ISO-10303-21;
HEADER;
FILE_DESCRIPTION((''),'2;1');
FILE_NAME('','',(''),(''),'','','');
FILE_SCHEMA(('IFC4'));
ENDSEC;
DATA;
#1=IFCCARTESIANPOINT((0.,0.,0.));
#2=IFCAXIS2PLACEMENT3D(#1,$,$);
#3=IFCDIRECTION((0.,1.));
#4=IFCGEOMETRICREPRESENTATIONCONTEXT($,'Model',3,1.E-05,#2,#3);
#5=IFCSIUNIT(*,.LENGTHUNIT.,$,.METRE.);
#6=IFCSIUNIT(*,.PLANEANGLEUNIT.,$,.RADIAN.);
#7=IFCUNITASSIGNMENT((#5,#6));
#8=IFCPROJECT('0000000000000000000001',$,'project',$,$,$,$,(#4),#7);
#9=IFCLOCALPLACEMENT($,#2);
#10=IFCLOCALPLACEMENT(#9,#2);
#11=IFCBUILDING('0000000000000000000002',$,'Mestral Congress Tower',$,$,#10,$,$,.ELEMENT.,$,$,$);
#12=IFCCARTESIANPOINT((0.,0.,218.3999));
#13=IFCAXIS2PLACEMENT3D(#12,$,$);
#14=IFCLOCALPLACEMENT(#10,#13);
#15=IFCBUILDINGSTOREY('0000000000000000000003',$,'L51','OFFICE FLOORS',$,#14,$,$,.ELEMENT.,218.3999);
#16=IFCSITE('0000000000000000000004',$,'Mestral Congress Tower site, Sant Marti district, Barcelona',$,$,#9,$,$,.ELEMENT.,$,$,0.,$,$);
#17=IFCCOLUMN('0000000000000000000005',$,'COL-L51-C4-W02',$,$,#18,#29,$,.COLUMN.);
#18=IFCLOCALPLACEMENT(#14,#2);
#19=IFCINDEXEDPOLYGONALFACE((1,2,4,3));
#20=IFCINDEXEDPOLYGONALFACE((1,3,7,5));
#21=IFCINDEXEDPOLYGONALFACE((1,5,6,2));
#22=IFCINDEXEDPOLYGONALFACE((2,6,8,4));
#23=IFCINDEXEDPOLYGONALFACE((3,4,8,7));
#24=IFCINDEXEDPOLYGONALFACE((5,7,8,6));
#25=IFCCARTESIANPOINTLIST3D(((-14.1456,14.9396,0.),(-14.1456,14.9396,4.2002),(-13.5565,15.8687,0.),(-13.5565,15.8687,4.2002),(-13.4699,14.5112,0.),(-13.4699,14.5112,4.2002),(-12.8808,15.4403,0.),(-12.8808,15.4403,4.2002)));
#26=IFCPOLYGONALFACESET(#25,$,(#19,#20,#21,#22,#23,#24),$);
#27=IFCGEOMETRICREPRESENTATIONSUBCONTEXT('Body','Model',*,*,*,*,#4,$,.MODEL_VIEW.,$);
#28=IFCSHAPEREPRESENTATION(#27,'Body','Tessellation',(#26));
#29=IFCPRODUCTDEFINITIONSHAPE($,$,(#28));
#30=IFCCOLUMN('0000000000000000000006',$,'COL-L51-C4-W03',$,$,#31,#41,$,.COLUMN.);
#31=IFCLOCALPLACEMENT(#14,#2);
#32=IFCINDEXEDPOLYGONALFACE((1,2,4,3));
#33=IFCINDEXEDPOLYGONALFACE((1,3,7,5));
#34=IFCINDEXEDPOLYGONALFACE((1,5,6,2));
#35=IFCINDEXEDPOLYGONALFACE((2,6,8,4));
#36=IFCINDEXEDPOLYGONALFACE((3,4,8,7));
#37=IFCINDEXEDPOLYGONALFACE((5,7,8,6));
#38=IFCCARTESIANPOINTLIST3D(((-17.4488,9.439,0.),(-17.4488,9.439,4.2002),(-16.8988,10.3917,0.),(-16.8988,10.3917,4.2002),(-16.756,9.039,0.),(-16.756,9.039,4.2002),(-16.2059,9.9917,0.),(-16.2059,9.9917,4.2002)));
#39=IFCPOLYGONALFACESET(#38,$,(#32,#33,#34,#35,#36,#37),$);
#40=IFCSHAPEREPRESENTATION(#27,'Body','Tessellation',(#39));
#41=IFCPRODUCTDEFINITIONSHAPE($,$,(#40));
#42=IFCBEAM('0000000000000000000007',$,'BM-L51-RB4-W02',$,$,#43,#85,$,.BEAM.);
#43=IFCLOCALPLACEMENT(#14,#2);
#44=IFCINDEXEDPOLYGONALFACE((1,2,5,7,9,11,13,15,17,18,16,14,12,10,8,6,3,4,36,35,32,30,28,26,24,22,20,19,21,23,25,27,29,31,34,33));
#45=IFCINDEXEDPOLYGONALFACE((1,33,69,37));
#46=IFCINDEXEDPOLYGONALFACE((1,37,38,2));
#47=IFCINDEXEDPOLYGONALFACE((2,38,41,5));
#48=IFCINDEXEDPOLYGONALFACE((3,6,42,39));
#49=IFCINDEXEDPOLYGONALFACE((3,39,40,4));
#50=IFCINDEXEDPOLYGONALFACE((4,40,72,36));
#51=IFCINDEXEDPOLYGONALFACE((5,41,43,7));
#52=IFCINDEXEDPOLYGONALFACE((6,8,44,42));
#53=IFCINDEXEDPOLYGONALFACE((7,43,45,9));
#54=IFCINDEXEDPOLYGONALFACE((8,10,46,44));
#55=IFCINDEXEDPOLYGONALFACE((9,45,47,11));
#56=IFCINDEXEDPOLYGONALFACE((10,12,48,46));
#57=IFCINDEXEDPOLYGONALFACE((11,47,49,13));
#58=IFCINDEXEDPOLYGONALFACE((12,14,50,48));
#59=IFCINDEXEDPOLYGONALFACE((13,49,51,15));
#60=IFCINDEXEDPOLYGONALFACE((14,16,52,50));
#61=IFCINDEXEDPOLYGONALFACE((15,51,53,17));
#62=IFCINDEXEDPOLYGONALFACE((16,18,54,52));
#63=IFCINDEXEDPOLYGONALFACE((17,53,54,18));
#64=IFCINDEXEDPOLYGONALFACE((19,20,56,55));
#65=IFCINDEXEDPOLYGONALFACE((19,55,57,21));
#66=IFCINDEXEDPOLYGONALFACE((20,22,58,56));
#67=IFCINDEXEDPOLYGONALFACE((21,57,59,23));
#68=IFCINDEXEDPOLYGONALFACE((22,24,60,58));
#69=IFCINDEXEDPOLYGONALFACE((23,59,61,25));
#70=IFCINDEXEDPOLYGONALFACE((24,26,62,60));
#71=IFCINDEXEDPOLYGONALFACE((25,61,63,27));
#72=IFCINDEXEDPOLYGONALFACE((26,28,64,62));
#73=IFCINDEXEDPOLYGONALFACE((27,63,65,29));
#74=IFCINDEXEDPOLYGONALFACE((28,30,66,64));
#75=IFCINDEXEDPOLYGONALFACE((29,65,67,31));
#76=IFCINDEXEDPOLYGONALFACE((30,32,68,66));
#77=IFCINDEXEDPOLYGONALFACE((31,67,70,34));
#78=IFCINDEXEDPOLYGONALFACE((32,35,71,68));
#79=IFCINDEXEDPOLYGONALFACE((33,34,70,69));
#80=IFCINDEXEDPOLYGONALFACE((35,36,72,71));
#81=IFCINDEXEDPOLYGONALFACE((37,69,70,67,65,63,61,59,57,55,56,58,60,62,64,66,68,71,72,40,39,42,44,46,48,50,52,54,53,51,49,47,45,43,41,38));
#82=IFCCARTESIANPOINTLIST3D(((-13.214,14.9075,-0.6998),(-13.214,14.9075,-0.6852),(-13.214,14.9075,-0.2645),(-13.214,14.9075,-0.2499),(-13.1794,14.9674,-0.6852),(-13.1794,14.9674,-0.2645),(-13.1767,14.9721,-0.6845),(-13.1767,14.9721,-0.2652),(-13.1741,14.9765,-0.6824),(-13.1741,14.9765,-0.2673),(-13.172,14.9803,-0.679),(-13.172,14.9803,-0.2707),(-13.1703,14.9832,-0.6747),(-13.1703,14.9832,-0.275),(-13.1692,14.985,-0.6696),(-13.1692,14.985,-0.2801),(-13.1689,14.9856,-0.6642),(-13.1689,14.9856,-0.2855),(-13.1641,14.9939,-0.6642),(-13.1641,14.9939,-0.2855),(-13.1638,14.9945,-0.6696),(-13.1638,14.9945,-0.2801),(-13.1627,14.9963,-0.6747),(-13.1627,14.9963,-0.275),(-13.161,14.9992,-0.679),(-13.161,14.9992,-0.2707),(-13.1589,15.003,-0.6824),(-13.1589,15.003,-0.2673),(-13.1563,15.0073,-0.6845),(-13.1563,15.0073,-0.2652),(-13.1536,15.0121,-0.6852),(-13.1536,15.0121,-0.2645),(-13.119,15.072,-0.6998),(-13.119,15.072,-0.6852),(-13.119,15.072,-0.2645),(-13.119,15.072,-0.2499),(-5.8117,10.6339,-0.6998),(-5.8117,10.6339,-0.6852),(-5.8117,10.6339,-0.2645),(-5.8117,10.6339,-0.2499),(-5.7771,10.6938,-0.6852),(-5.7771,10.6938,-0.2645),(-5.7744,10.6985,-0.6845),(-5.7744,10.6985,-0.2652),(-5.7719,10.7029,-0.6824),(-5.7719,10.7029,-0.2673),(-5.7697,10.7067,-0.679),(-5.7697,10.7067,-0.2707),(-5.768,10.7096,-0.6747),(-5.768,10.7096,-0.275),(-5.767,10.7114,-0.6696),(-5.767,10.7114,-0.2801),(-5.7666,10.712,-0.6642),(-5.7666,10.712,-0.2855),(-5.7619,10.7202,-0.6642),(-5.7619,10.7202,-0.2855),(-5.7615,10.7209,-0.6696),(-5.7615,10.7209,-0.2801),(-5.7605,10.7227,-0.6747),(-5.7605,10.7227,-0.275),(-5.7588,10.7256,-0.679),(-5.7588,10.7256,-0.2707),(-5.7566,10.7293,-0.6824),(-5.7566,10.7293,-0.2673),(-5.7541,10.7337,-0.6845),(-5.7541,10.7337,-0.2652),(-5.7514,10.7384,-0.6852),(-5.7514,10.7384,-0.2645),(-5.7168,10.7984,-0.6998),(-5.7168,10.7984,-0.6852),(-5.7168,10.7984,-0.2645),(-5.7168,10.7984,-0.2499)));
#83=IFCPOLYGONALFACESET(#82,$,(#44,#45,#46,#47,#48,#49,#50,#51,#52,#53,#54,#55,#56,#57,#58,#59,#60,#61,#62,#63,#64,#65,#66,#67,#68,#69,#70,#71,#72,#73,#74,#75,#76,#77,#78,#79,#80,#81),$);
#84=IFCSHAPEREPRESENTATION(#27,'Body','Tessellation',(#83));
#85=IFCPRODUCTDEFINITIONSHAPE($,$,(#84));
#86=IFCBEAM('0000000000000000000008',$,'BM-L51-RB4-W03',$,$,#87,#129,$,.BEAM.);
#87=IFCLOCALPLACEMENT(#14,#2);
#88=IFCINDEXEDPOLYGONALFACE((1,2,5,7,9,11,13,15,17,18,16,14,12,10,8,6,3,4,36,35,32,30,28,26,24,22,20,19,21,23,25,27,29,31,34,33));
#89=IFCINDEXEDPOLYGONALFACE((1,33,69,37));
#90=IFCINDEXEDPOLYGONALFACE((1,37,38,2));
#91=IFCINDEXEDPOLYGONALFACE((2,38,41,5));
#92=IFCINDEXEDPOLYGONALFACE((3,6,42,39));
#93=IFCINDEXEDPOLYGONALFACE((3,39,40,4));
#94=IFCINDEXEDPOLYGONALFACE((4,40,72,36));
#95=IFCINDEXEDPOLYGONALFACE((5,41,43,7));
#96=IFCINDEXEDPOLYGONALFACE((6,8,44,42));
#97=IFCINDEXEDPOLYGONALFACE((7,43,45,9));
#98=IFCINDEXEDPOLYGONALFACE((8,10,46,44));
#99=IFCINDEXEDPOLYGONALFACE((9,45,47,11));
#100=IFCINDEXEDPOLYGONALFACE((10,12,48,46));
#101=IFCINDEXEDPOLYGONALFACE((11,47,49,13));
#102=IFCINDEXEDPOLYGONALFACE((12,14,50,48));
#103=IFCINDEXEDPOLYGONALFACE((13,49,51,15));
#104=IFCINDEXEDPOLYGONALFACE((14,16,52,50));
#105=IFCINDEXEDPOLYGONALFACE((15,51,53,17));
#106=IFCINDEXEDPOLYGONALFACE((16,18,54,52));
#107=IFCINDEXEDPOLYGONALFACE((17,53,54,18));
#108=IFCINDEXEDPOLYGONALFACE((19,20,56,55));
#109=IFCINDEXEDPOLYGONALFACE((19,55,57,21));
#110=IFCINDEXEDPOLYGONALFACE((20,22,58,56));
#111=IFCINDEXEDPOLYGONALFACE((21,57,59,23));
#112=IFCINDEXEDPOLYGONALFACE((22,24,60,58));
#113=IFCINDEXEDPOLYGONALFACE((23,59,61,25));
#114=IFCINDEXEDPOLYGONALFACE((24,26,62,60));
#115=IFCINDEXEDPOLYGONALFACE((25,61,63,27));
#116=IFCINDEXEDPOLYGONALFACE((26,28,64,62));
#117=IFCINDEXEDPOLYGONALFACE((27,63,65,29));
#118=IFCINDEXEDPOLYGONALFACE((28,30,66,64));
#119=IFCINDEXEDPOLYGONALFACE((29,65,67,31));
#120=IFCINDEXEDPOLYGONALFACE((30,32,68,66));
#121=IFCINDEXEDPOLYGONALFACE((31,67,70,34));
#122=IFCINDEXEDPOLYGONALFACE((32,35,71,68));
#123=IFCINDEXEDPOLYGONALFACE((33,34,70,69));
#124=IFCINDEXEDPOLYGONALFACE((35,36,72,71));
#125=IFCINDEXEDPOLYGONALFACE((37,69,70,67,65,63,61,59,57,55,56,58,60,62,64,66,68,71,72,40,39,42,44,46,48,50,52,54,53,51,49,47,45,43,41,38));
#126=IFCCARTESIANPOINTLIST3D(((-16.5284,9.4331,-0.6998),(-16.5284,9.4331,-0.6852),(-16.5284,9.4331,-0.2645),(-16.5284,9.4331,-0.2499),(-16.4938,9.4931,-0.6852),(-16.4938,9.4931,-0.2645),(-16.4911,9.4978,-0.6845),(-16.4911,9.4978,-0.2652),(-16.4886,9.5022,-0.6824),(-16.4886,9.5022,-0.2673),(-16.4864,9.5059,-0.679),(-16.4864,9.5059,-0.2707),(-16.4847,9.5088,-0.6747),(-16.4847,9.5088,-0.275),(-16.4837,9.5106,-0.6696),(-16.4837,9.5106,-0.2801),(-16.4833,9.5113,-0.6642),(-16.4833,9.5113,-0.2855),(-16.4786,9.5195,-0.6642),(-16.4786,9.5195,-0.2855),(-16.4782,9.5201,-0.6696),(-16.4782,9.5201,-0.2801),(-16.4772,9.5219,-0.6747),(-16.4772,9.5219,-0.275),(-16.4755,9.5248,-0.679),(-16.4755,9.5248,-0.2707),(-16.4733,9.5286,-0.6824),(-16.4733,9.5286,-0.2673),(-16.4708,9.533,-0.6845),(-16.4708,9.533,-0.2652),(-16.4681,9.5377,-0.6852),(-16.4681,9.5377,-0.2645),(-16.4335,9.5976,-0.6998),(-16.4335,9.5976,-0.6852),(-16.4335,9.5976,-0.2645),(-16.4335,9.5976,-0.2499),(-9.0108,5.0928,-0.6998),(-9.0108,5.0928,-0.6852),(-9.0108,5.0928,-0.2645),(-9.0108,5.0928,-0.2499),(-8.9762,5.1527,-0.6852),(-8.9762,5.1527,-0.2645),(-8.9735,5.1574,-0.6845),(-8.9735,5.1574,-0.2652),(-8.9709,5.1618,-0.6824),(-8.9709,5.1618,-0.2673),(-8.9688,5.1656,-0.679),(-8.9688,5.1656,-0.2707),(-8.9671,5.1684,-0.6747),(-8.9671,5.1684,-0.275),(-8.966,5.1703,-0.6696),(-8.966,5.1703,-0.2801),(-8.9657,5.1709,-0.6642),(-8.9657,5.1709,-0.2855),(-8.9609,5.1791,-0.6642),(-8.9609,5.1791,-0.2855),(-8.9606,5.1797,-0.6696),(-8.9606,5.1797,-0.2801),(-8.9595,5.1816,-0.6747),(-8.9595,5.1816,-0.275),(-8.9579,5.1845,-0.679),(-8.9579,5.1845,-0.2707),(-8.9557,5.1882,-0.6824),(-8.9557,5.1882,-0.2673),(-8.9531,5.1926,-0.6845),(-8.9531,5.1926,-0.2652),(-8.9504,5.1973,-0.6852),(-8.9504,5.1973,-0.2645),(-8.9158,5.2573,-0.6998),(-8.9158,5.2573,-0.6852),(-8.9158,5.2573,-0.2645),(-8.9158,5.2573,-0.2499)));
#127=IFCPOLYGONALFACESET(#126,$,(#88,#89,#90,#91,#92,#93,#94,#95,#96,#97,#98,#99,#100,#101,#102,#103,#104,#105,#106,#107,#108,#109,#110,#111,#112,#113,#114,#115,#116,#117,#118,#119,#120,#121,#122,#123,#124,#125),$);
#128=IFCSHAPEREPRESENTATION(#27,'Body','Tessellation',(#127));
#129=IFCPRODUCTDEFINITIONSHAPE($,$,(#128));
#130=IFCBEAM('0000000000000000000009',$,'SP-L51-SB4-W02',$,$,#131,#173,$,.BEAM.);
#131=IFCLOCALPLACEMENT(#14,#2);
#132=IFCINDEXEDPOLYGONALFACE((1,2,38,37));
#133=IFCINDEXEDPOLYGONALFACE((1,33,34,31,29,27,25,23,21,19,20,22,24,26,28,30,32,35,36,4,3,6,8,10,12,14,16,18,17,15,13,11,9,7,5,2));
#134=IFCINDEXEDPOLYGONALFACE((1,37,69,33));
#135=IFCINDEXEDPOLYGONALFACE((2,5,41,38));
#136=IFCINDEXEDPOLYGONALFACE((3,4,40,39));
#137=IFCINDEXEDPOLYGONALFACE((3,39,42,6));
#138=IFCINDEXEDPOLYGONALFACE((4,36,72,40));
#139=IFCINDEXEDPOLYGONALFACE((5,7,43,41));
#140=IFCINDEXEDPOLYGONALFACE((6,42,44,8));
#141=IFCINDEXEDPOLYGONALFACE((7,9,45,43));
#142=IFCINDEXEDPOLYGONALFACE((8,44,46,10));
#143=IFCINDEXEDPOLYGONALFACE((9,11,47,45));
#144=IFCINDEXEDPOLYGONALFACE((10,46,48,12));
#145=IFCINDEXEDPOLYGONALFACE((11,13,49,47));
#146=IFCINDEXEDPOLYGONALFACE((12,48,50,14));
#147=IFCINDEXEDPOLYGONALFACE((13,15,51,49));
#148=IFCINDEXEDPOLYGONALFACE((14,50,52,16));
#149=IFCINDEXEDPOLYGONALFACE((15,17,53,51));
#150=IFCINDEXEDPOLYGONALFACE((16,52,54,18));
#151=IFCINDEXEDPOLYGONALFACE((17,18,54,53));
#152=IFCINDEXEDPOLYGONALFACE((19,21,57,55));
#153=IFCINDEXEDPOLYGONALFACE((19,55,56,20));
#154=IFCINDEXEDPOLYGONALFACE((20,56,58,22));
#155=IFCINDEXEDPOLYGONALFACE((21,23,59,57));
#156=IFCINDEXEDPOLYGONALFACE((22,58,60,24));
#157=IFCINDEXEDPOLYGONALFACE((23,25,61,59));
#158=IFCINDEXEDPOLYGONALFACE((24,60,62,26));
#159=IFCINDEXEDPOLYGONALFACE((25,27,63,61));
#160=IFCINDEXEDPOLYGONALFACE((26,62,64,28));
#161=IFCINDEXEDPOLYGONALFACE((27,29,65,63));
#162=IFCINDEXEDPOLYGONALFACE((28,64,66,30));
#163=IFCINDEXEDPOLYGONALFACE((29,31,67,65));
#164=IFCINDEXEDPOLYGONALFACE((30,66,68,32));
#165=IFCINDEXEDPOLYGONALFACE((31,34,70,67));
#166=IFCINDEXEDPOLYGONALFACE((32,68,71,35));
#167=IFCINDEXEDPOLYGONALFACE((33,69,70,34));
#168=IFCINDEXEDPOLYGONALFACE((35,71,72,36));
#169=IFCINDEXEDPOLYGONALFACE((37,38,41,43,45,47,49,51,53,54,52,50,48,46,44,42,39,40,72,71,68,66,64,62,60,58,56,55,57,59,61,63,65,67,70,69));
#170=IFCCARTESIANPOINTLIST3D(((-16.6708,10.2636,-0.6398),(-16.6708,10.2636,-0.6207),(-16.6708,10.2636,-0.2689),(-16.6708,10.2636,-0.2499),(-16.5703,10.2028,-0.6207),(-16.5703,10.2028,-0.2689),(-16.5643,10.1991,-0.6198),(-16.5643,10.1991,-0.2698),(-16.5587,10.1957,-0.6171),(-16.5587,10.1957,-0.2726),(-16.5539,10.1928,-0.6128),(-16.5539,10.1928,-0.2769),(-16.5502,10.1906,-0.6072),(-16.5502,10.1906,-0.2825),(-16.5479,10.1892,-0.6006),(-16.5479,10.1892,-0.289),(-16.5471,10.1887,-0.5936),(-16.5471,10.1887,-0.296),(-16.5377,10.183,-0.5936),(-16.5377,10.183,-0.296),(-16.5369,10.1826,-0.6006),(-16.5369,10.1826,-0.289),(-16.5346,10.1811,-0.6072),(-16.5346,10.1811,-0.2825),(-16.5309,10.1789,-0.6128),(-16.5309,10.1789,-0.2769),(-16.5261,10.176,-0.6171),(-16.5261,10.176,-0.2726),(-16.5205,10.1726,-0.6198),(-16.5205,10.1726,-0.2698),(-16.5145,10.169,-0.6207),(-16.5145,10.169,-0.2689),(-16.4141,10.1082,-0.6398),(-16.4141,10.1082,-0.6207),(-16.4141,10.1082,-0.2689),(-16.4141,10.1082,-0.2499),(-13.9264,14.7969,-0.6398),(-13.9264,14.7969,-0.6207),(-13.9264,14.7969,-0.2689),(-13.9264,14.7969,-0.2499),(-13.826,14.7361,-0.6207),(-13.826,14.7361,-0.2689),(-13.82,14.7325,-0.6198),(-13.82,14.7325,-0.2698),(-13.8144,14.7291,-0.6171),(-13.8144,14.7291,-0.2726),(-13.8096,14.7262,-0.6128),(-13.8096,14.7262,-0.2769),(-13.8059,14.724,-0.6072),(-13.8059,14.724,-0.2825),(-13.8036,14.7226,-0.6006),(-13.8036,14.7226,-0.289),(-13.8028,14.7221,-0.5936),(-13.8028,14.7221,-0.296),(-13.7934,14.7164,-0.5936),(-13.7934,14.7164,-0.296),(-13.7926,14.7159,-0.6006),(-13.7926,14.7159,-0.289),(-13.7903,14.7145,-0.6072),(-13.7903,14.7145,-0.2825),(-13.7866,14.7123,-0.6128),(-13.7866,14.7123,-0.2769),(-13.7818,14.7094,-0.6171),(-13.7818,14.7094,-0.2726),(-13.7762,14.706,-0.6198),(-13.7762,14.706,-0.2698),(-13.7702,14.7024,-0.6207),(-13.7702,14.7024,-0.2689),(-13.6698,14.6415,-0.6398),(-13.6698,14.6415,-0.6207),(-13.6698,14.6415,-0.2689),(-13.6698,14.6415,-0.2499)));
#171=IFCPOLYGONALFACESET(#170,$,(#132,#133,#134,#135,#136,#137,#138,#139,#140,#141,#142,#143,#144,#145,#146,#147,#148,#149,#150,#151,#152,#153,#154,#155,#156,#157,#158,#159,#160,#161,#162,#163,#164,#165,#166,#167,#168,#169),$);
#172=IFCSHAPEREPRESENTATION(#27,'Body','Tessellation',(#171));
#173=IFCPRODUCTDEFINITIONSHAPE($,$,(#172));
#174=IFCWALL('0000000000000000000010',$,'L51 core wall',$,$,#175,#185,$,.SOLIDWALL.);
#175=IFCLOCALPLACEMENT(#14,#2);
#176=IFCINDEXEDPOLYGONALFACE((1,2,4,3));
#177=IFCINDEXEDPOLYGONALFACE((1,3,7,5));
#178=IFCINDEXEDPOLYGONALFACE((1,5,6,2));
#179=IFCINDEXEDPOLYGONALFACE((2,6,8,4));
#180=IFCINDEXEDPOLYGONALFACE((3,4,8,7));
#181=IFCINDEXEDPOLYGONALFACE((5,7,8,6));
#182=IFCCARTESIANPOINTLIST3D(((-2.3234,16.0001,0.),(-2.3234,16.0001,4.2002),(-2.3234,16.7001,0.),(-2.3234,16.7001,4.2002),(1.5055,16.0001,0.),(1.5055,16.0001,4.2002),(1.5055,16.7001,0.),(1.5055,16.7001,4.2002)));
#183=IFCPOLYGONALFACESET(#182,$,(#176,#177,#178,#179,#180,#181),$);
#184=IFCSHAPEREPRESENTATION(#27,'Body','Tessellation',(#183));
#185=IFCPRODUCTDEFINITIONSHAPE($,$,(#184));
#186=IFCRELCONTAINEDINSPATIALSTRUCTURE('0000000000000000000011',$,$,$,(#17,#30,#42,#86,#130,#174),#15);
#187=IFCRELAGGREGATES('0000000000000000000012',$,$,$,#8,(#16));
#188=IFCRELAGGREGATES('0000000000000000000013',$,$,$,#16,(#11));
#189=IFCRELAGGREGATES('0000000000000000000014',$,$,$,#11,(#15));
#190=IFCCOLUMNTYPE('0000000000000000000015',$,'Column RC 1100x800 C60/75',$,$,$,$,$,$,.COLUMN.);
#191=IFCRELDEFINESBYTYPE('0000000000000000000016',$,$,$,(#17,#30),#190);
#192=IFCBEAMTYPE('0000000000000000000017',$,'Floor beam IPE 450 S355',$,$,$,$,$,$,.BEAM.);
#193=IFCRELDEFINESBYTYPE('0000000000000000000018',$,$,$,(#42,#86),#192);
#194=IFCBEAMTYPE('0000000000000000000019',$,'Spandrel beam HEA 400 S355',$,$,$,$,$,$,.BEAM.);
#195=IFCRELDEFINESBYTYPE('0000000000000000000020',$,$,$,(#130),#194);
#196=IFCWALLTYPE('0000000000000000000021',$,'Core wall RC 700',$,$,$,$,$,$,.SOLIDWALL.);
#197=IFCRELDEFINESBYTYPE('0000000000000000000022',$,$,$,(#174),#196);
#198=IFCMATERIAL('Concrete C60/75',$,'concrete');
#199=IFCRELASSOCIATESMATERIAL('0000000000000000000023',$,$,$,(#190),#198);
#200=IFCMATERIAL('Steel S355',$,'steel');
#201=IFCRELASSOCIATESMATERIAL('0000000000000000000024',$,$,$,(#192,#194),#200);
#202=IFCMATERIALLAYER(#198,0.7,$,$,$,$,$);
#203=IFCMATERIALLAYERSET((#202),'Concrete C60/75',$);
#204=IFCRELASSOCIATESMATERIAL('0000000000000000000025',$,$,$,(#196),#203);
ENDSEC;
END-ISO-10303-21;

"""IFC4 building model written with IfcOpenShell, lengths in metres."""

from ifc_helpers import new_model, si_unit, direction, frame, frame_2d, origin, origin_2d, place, context, subcontext, project, spatial, rectangle, i_section, extrude, material, layer, layer_set, material_profile, profile_set, type_object, element, save


model = new_model("IFC4")

# Units and contexts
model_context = context("Model", 3, precision=1e-05, world=origin(), true_north=direction((0.0, 1.0)))
body_context = subcontext(model_context, "Body", "Model", "MODEL_VIEW")
ifc_project = project(units=[si_unit("LENGTHUNIT", "METRE"), si_unit("PLANEANGLEUNIT", "RADIAN")], contexts=[model_context])

# Site, building, storey
site_placement = place(None, origin())
site = spatial("IfcSite", under=ifc_project, at=site_placement, Name="Mestral Congress Tower site, Sant Marti district, Barcelona", CompositionType="ELEMENT", RefElevation=0.0)
building_placement = place(site_placement, origin())
building = spatial("IfcBuilding", under=site, at=building_placement, Name="Mestral Congress Tower", CompositionType="ELEMENT")
storey_placement = place(building_placement, frame((0.0, 0.0, 218.3999)))
storey = spatial("IfcBuildingStorey", under=building, at=storey_placement, Name="L51", Description="OFFICE FLOORS", CompositionType="ELEMENT", Elevation=218.3999)

# Columns
ifc_material_1 = material(Name="Concrete C60/75", Category="concrete")
ifc_material_profile_1 = material_profile(ifc_material_1, rectangle(XDim=1.1001, YDim=0.8, at=origin_2d()), Name="RC 1100x800")
ifc_profile_set_1 = profile_set([ifc_material_profile_1], Name="Concrete C60/75")
column_type = type_object("IfcColumnType", Name="Column RC 1100x800 C60/75", PredefinedType="COLUMN", material=ifc_profile_set_1)
for number, where, z_axis, x_axis, name in (
    (1, (-13.5132, 15.1899, 0.0), (0.0, 0.0, 1.0), (-0.535503, -0.844534, 0.0), "COL-L51-C4-W02"),
    (2, (-16.8274, 9.7153, 0.0), (0.0, 0.0, 1.0), (-0.5, -0.866025, 0.0), "COL-L51-C4-W03"),
):
    element("IfcColumn", number, at=place(storey_placement, frame(where, z_axis=z_axis, x_axis=x_axis)), inside=storey, type_object=column_type, Name=name, PredefinedType="COLUMN", context=body_context, shape_type="SweptSolid", body=[
        extrude(rectangle(XDim=1.1001, YDim=0.8, at=origin_2d()), origin(), (0.0, 0.0, 1.0), 4.2002),
    ])

# Beams
ifc_material_2 = material(Name="Steel S355", Category="steel")
ifc_material_profile_2 = material_profile(ifc_material_2, i_section(OverallWidth=0.1899, OverallDepth=0.45, WebThickness=0.0095, FlangeThickness=0.0146, FilletRadius=0.021, at=origin_2d()), Name="IPE 450")
ifc_profile_set_2 = profile_set([ifc_material_profile_2], Name="Steel S355")
beam_type_1 = type_object("IfcBeamType", Name="Floor beam IPE 450 S355", PredefinedType="BEAM", material=ifc_profile_set_2)
beam_1_placement = place(storey_placement, frame((-13.1665, 14.9897, -0.4749), z_axis=(0.866029, -0.499994, 0.0), x_axis=(0.499994, 0.866029, 0.0)))
element("IfcBeam", 3, at=beam_1_placement, inside=storey, type_object=beam_type_1, Name="BM-L51-RB4-W02", PredefinedType="BEAM", context=body_context, shape_type="SweptSolid", body=[
    extrude(i_section(OverallWidth=0.1899, OverallDepth=0.45, WebThickness=0.0095, FlangeThickness=0.0146, FilletRadius=0.021, at=origin_2d()), origin(), (0.0, 0.0, 1.0), 8.5474),
])
beam_2_placement = place(storey_placement, frame((-16.481, 9.5154, -0.4749), z_axis=(0.866023, -0.500005, 0.0), x_axis=(0.500005, 0.866023, 0.0)))
element("IfcBeam", 4, at=beam_2_placement, inside=storey, type_object=beam_type_1, Name="BM-L51-RB4-W03", PredefinedType="BEAM", context=body_context, shape_type="SweptSolid", body=[
    extrude(i_section(OverallWidth=0.1899, OverallDepth=0.45, WebThickness=0.0095, FlangeThickness=0.0146, FilletRadius=0.021, at=origin_2d()), origin(), (0.0, 0.0, 1.0), 8.6807),
])
ifc_material_profile_3 = material_profile(ifc_material_2, i_section(OverallWidth=0.3, OverallDepth=0.3899, WebThickness=0.011, FlangeThickness=0.019, FilletRadius=0.0271, at=origin_2d()), Name="HEA 400")
ifc_profile_set_3 = profile_set([ifc_material_profile_3], Name="Steel S355")
beam_type_2 = type_object("IfcBeamType", Name="Spandrel beam HEA 400 S355", PredefinedType="BEAM", material=ifc_profile_set_3)
beam_3_placement = place(storey_placement, frame((-13.7981, 14.7192, -0.4448), z_axis=(-0.517866, -0.855462, 0.0), x_axis=(0.855462, -0.517866, 0.0)))
element("IfcBeam", 5, at=beam_3_placement, inside=storey, type_object=beam_type_2, Name="SP-L51-SB4-W02", PredefinedType="BEAM", context=body_context, shape_type="SweptSolid", body=[
    extrude(i_section(OverallWidth=0.3, OverallDepth=0.3899, WebThickness=0.011, FlangeThickness=0.019, FilletRadius=0.0271, at=origin_2d()), origin(), (0.0, 0.0, 1.0), 5.2993),
])

# Wall
ifc_layer_1 = layer(ifc_material_1, 0.7)
ifc_layer_set_1 = layer_set([ifc_layer_1], Name="Concrete C60/75")
wall_type_1 = type_object("IfcWallType", Name="Core wall RC 700", PredefinedType="SOLIDWALL", material=ifc_layer_set_1)
wall_1_placement = place(storey_placement, frame((-2.3235, 16.3501, 0.0), z_axis=(0.0, 0.0, 1.0), x_axis=(1.0, 0.0, 0.0)))
element("IfcWall", 6, at=wall_1_placement, inside=storey, type_object=wall_type_1, Name="L51 core wall", PredefinedType="SOLIDWALL", context=body_context, shape_type="SweptSolid", body=[
    extrude(rectangle(XDim=3.8289, YDim=0.7, at=frame_2d((1.9146, 0.0))), origin(), (0.0, 0.0, 1.0), 4.2002),
])

save(model, "model.ifc")
